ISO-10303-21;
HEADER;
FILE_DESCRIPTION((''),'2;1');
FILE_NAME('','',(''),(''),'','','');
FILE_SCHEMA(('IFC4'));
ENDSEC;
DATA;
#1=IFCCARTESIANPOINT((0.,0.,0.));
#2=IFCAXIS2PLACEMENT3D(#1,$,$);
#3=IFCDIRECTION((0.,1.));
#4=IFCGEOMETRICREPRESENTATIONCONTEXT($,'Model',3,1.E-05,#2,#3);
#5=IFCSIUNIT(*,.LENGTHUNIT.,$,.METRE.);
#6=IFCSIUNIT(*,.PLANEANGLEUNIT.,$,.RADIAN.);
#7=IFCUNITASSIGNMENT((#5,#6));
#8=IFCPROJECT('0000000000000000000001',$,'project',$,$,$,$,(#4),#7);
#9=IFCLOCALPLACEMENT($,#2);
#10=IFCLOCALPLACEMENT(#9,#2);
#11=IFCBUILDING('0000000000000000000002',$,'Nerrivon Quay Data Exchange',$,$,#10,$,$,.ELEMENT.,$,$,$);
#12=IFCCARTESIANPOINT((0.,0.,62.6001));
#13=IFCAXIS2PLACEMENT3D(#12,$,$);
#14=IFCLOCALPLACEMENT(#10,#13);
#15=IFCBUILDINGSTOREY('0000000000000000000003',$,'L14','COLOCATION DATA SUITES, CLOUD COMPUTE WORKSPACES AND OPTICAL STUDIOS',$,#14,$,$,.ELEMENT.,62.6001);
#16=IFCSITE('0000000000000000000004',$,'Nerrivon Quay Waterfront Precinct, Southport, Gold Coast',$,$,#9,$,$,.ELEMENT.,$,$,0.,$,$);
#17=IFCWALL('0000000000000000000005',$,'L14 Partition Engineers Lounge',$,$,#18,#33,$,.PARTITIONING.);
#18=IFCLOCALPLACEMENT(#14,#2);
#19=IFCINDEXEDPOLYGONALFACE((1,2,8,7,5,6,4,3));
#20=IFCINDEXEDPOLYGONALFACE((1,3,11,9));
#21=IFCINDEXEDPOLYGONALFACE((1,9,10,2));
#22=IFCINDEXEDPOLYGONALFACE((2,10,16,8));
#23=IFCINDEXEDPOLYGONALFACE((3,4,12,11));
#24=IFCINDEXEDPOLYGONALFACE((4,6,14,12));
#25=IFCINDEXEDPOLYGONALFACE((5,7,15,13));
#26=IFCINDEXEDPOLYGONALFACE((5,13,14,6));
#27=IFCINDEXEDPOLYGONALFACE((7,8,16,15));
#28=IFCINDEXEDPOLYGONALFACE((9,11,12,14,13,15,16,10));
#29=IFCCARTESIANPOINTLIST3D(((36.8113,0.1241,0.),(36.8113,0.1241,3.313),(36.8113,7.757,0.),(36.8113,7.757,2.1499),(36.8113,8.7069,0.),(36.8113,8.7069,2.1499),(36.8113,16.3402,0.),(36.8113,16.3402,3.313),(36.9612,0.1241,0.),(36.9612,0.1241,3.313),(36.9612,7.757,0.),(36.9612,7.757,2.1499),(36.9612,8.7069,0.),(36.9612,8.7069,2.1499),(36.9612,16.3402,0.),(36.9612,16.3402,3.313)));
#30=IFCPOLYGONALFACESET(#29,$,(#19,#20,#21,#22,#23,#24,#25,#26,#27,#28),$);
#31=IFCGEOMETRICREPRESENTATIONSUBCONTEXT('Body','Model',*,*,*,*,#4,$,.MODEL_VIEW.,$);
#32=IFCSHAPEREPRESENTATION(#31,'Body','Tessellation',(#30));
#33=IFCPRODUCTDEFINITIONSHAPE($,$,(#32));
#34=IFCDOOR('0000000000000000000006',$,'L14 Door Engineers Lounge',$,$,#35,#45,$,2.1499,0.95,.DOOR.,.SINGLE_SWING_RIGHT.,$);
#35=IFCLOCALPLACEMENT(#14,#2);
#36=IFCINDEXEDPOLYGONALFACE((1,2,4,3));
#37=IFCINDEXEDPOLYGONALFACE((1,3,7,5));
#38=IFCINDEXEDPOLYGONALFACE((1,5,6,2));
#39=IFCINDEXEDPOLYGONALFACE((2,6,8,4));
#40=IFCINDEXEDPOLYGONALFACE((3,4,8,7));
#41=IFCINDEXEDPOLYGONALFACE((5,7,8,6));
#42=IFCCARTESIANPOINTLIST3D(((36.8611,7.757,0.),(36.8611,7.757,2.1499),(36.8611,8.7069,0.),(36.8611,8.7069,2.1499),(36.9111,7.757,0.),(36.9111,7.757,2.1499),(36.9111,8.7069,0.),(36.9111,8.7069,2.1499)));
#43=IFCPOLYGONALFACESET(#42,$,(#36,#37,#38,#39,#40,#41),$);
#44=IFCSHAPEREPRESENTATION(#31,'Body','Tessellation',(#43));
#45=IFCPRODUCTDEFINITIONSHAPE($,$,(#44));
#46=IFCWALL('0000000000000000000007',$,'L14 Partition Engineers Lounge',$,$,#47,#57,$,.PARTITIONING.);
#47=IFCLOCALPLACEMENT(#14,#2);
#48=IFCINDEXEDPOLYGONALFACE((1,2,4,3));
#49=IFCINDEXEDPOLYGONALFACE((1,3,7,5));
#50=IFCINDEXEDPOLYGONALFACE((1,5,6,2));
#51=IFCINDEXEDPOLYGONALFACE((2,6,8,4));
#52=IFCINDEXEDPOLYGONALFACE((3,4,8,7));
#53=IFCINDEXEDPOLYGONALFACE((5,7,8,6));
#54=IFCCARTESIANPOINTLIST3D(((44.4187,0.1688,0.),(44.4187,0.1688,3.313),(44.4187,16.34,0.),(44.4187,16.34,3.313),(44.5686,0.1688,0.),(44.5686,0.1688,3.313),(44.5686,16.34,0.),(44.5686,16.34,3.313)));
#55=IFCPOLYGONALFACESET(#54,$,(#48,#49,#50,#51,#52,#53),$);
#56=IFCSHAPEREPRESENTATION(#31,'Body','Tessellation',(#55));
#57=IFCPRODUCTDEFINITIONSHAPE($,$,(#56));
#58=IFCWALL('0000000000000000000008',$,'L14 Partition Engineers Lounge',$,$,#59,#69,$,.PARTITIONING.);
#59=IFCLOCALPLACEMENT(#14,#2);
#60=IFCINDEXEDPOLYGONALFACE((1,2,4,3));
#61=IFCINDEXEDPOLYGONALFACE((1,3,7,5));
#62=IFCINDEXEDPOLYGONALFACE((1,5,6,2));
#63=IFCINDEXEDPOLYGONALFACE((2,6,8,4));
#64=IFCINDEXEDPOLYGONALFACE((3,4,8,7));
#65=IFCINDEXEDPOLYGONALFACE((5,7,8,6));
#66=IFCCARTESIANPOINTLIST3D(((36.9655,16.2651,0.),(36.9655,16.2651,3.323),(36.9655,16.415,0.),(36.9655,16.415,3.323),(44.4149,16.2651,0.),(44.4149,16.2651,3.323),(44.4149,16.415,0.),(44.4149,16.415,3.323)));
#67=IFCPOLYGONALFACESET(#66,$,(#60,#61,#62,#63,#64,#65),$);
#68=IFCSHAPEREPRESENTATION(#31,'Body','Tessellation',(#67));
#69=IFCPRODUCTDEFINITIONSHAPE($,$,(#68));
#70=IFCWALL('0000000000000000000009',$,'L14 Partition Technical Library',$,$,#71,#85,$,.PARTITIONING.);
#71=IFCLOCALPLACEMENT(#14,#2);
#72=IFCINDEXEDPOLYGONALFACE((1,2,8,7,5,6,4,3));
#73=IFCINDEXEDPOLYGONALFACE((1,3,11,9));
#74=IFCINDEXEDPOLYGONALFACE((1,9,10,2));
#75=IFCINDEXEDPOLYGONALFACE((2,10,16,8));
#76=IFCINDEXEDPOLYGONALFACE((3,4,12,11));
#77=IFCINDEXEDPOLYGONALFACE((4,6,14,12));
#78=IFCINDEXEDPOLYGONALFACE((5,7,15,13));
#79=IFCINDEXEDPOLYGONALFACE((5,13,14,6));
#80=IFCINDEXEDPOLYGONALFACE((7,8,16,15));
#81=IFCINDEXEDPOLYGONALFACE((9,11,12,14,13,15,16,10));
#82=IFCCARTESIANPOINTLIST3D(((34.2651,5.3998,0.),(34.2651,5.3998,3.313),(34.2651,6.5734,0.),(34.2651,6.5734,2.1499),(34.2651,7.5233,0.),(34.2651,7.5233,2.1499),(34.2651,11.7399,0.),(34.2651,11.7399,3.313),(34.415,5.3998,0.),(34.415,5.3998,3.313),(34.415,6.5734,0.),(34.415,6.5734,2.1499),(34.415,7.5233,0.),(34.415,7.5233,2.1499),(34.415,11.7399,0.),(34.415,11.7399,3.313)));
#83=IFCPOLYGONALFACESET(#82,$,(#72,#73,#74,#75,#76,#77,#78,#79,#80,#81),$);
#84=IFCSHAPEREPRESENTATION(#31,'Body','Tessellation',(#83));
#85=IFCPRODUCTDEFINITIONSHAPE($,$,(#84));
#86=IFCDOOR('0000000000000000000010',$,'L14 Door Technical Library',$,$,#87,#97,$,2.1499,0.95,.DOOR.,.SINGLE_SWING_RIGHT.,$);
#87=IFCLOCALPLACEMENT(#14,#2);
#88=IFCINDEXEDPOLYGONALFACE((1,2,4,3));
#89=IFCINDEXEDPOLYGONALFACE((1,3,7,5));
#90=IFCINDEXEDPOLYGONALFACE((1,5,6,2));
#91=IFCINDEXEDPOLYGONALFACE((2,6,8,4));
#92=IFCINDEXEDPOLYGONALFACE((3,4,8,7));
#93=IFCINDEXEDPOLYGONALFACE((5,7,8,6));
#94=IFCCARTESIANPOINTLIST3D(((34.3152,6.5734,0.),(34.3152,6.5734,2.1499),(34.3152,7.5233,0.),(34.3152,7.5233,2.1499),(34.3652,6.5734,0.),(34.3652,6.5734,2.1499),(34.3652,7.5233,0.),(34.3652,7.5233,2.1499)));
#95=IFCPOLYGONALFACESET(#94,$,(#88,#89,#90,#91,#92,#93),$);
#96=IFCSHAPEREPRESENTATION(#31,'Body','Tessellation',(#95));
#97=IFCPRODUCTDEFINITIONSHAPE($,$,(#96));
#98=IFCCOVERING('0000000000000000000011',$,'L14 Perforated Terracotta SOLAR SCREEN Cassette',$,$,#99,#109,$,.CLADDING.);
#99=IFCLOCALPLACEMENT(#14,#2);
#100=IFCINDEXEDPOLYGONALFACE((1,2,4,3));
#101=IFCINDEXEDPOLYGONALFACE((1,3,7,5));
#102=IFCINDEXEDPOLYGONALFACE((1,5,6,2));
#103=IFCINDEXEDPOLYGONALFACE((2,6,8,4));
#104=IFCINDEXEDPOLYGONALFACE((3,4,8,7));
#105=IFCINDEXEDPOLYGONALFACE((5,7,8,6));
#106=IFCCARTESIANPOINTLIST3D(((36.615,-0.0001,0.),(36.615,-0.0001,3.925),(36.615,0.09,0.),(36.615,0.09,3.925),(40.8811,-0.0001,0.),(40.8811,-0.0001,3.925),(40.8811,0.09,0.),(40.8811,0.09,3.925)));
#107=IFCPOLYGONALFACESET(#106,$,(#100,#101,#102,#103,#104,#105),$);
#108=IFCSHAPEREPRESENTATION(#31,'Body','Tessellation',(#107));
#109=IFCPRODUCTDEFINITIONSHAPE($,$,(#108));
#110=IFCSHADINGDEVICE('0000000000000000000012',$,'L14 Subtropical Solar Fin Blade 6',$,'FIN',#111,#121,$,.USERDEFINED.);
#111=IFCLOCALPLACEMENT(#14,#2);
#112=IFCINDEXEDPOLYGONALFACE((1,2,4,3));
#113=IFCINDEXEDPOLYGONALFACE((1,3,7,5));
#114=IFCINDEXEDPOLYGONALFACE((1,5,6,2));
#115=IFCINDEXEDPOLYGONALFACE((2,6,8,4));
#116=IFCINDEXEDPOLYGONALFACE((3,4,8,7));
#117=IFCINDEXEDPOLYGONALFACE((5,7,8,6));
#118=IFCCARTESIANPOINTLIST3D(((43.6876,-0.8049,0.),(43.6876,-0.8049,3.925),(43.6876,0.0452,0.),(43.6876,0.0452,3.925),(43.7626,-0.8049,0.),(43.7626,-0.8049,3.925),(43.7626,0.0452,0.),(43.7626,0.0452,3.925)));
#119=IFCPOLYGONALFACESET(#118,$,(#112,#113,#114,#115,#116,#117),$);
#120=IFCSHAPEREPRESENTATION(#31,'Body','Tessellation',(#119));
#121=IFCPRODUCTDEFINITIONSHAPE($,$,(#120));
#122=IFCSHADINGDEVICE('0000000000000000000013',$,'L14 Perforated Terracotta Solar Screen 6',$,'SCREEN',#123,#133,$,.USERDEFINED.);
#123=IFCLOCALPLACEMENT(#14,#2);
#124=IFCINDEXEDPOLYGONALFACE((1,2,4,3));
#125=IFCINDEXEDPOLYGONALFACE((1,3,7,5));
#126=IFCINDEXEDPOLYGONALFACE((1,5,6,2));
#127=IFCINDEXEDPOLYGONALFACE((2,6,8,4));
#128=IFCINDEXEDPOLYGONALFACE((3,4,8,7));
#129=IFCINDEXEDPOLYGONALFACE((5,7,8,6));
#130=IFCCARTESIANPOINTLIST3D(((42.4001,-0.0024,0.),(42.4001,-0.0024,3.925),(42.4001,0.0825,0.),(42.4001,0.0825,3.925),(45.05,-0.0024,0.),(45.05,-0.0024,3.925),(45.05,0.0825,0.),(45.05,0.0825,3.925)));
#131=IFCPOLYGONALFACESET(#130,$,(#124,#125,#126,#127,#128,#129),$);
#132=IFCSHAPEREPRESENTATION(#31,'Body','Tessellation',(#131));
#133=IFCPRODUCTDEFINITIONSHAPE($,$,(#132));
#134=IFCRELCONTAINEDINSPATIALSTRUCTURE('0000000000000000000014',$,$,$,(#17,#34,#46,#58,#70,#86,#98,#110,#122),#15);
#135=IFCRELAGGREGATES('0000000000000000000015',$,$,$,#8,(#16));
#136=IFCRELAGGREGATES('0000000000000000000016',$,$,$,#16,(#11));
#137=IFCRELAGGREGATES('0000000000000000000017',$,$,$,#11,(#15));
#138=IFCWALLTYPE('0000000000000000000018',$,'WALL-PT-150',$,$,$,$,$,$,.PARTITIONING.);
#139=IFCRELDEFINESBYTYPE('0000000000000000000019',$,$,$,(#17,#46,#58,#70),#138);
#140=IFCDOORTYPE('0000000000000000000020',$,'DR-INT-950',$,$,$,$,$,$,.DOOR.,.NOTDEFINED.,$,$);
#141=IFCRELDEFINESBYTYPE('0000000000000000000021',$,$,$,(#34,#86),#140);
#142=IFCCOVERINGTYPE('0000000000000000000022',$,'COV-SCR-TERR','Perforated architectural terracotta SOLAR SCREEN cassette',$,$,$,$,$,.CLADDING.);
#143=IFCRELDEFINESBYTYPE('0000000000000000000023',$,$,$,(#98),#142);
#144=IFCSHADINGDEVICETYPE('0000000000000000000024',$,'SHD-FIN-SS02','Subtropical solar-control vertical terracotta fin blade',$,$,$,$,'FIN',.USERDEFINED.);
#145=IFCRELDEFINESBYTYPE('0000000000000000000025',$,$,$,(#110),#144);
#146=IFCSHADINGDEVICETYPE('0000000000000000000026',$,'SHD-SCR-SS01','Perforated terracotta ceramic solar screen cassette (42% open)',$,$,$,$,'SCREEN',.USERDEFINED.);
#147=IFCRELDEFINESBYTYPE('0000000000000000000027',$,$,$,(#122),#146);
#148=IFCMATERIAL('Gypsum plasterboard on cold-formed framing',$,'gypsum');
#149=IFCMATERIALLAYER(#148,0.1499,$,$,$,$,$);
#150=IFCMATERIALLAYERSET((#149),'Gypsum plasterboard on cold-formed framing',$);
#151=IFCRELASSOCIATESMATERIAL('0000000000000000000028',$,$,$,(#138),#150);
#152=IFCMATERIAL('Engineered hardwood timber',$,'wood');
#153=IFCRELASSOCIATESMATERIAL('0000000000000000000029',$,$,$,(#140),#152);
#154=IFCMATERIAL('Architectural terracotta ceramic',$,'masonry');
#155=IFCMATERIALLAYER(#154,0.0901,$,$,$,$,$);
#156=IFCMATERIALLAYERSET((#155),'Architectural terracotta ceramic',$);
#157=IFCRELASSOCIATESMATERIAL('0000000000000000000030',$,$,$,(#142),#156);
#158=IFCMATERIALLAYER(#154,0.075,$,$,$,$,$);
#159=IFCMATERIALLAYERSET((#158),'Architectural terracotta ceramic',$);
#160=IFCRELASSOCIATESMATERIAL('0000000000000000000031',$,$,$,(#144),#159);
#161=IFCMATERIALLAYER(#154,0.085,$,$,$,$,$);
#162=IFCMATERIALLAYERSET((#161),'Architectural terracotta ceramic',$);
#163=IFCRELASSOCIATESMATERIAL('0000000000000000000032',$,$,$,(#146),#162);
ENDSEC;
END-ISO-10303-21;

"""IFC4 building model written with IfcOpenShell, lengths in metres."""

from ifc_helpers import new_model, si_unit, direction, frame, frame_2d, origin, origin_2d, place, context, subcontext, project, spatial, rectangle, extrude, material, layer, layer_set, type_object, element, fill, save


model = new_model("IFC4")

# Units and contexts
model_context = context("Model", 3, precision=1e-05, world=origin(), true_north=direction((0.0, 1.0)))
body_context = subcontext(model_context, "Body", "Model", "MODEL_VIEW")
ifc_project = project(units=[si_unit("LENGTHUNIT", "METRE"), si_unit("PLANEANGLEUNIT", "RADIAN")], contexts=[model_context])

# Site, building, storey
site_placement = place(None, origin())
site = spatial("IfcSite", under=ifc_project, at=site_placement, Name="Nerrivon Quay Waterfront Precinct, Southport, Gold Coast", CompositionType="ELEMENT", RefElevation=0.0)
building_placement = place(site_placement, origin())
building = spatial("IfcBuilding", under=site, at=building_placement, Name="Nerrivon Quay Data Exchange", CompositionType="ELEMENT")
storey_placement = place(building_placement, frame((0.0, 0.0, 62.6001)))
storey = spatial("IfcBuildingStorey", under=building, at=storey_placement, Name="L14", Description="COLOCATION DATA SUITES, CLOUD COMPUTE WORKSPACES AND OPTICAL STUDIOS", CompositionType="ELEMENT", Elevation=62.6001)

# Shared definitions
ifc_material_1 = material(Name="Gypsum plasterboard on cold-formed framing", Category="gypsum")

# Wall, opening, door
ifc_layer_1 = layer(ifc_material_1, 0.1499)
ifc_layer_set_1 = layer_set([ifc_layer_1], Name="Gypsum plasterboard on cold-formed framing")
wall_type_1 = type_object("IfcWallType", Name="WALL-PT-150", PredefinedType="PARTITIONING", material=ifc_layer_set_1)
wall_1_placement = place(storey_placement, frame((36.8862, 16.3401, 0.0), z_axis=(0.0, 0.0, 1.0), x_axis=(0.0, -1.0, 0.0)))
wall_1 = element("IfcWall", 1, at=wall_1_placement, inside=storey, type_object=wall_type_1, Name="L14 Partition Engineers Lounge", PredefinedType="PARTITIONING", context=body_context, shape_type="SweptSolid", body=[
    extrude(rectangle(XDim=16.2161, YDim=0.1499, at=frame_2d((8.1079, 0.0))), origin(), (0.0, 0.0, 1.0), 3.313),
])
opening_1_placement = place(wall_1_placement, frame((7.6331, 0.0, 0.0)))
opening_1 = element("IfcOpeningElement", 2, at=opening_1_placement, cuts=wall_1, PredefinedType="OPENING", context=body_context, shape_type="SweptSolid", body=[
    extrude(rectangle(XDim=0.95, YDim=2.1499, at=frame_2d((0.4751, 1.075))), frame((0.0, 0.085, 0.0), z_axis=(0.0, -1.0, 0.0), x_axis=(1.0, 0.0, 0.0)), (0.0, 0.0, 1.0), 0.1699),
])
ifc_material_2 = material(Name="Engineered hardwood timber", Category="wood")
door_type = type_object("IfcDoorType", Name="DR-INT-950", OperationType="NOTDEFINED", PredefinedType="DOOR", material=ifc_material_2)
door_1_placement = place(opening_1_placement, origin())
door_1 = element("IfcDoor", 3, at=door_1_placement, inside=storey, type_object=door_type, Name="L14 Door Engineers Lounge", OperationType="SINGLE_SWING_RIGHT", OverallHeight=2.1499, OverallWidth=0.95, PredefinedType="DOOR", context=body_context, shape_type="SweptSolid", body=[
    extrude(rectangle(XDim=0.95, YDim=2.1499, at=frame_2d((0.4751, 1.075))), frame((0.0, 0.0249, 0.0), z_axis=(0.0, -1.0, 0.0), x_axis=(1.0, 0.0, 0.0)), (0.0, 0.0, 1.0), 0.05),
])
fill(opening_1, door_1)

# Walls
wall_2_placement = place(storey_placement, frame((44.4937, 0.1689, 0.0), z_axis=(0.0, 0.0, 1.0), x_axis=(0.0, 1.0, 0.0)))
element("IfcWall", 4, at=wall_2_placement, inside=storey, type_object=wall_type_1, Name="L14 Partition Engineers Lounge", PredefinedType="PARTITIONING", context=body_context, shape_type="SweptSolid", body=[
    extrude(rectangle(XDim=16.1711, YDim=0.1499, at=frame_2d((8.0854, 0.0))), origin(), (0.0, 0.0, 1.0), 3.313),
])
wall_3_placement = place(storey_placement, frame((44.4148, 16.3401, 0.0), z_axis=(0.0, 0.0, 1.0), x_axis=(-1.0, 0.0, 0.0)))
element("IfcWall", 5, at=wall_3_placement, inside=storey, type_object=wall_type_1, Name="L14 Partition Engineers Lounge", PredefinedType="PARTITIONING", context=body_context, shape_type="SweptSolid", body=[
    extrude(rectangle(XDim=7.4495, YDim=0.1499, at=frame_2d((3.7246, 0.0))), origin(), (0.0, 0.0, 1.0), 3.323),
])

# Wall, opening, door
wall_4_placement = place(storey_placement, frame((34.3401, 5.3999, 0.0), z_axis=(0.0, 0.0, 1.0), x_axis=(0.0, 1.0, 0.0)))
wall_4 = element("IfcWall", 6, at=wall_4_placement, inside=storey, type_object=wall_type_1, Name="L14 Partition Technical Library", PredefinedType="PARTITIONING", context=body_context, shape_type="SweptSolid", body=[
    extrude(rectangle(XDim=6.3401, YDim=0.1499, at=frame_2d((3.1699, 0.0))), origin(), (0.0, 0.0, 1.0), 3.313),
])
opening_2_placement = place(wall_4_placement, frame((1.1733, 0.0, 0.0)))
opening_2 = element("IfcOpeningElement", 7, at=opening_2_placement, cuts=wall_4, PredefinedType="OPENING", context=body_context, shape_type="SweptSolid", body=[
    extrude(rectangle(XDim=0.95, YDim=2.1499, at=frame_2d((0.4751, 1.075))), frame((0.0, 0.085, 0.0), z_axis=(0.0, -1.0, 0.0), x_axis=(1.0, 0.0, 0.0)), (0.0, 0.0, 1.0), 0.1699),
])
door_2_placement = place(opening_2_placement, origin())
door_2 = element("IfcDoor", 8, at=door_2_placement, inside=storey, type_object=door_type, Name="L14 Door Technical Library", OperationType="SINGLE_SWING_RIGHT", OverallHeight=2.1499, OverallWidth=0.95, PredefinedType="DOOR", context=body_context, shape_type="SweptSolid", body=[
    extrude(rectangle(XDim=0.95, YDim=2.1499, at=frame_2d((0.4751, 1.075))), frame((0.0, 0.0249, 0.0), z_axis=(0.0, -1.0, 0.0), x_axis=(1.0, 0.0, 0.0)), (0.0, 0.0, 1.0), 0.05),
])
fill(opening_2, door_2)

# Covering
ifc_material_3 = material(Name="Architectural terracotta ceramic", Category="masonry")
ifc_layer_2 = layer(ifc_material_3, 0.0901)
ifc_layer_set_2 = layer_set([ifc_layer_2], Name="Architectural terracotta ceramic")
covering_type = type_object("IfcCoveringType", Name="COV-SCR-TERR", Description="Perforated architectural terracotta SOLAR SCREEN cassette", PredefinedType="CLADDING", material=ifc_layer_set_2)
covering_placement = place(storey_placement, frame((38.748, 0.0449, 0.0), z_axis=(0.0, 0.0, 1.0), x_axis=(-1.0, 0.0, 0.0)))
element("IfcCovering", 9, at=covering_placement, inside=storey, type_object=covering_type, Name="L14 Perforated Terracotta SOLAR SCREEN Cassette", PredefinedType="CLADDING", context=body_context, shape_type="SweptSolid", body=[
    extrude(rectangle(XDim=4.2661, YDim=0.0901, at=origin_2d()), origin(), (0.0, 0.0, 1.0), 3.925),
])

# Shading devices
ifc_layer_3 = layer(ifc_material_3, 0.075)
ifc_layer_set_3 = layer_set([ifc_layer_3], Name="Architectural terracotta ceramic")
shading_device_type_1 = type_object("IfcShadingDeviceType", Name="SHD-FIN-SS02", Description="Subtropical solar-control vertical terracotta fin blade", ElementType="FIN", PredefinedType="USERDEFINED", material=ifc_layer_set_3)
shading_device_1_placement = place(storey_placement, frame((43.7251, -0.3799, 0.0), z_axis=(0.0, 0.0, 1.0), x_axis=(-1.0, 0.0, 0.0)))
element("IfcShadingDevice", 10, at=shading_device_1_placement, inside=storey, type_object=shading_device_type_1, Name="L14 Subtropical Solar Fin Blade 6", ObjectType="FIN", PredefinedType="USERDEFINED", context=body_context, shape_type="SweptSolid", body=[
    extrude(rectangle(XDim=0.075, YDim=0.8501, at=origin_2d()), origin(), (0.0, 0.0, 1.0), 3.925),
])
ifc_layer_4 = layer(ifc_material_3, 0.085)
ifc_layer_set_4 = layer_set([ifc_layer_4], Name="Architectural terracotta ceramic")
shading_device_type_2 = type_object("IfcShadingDeviceType", Name="SHD-SCR-SS01", Description="Perforated terracotta ceramic solar screen cassette (42% open)", ElementType="SCREEN", PredefinedType="USERDEFINED", material=ifc_layer_set_4)
shading_device_2_placement = place(storey_placement, frame((43.7251, 0.04, 0.0), z_axis=(0.0, 0.0, 1.0), x_axis=(-1.0, 0.0, 0.0)))
element("IfcShadingDevice", 11, at=shading_device_2_placement, inside=storey, type_object=shading_device_type_2, Name="L14 Perforated Terracotta Solar Screen 6", ObjectType="SCREEN", PredefinedType="USERDEFINED", context=body_context, shape_type="SweptSolid", body=[
    extrude(rectangle(XDim=2.6499, YDim=0.085, at=origin_2d()), origin(), (0.0, 0.0, 1.0), 3.925),
])

save(model, "model.ifc")
